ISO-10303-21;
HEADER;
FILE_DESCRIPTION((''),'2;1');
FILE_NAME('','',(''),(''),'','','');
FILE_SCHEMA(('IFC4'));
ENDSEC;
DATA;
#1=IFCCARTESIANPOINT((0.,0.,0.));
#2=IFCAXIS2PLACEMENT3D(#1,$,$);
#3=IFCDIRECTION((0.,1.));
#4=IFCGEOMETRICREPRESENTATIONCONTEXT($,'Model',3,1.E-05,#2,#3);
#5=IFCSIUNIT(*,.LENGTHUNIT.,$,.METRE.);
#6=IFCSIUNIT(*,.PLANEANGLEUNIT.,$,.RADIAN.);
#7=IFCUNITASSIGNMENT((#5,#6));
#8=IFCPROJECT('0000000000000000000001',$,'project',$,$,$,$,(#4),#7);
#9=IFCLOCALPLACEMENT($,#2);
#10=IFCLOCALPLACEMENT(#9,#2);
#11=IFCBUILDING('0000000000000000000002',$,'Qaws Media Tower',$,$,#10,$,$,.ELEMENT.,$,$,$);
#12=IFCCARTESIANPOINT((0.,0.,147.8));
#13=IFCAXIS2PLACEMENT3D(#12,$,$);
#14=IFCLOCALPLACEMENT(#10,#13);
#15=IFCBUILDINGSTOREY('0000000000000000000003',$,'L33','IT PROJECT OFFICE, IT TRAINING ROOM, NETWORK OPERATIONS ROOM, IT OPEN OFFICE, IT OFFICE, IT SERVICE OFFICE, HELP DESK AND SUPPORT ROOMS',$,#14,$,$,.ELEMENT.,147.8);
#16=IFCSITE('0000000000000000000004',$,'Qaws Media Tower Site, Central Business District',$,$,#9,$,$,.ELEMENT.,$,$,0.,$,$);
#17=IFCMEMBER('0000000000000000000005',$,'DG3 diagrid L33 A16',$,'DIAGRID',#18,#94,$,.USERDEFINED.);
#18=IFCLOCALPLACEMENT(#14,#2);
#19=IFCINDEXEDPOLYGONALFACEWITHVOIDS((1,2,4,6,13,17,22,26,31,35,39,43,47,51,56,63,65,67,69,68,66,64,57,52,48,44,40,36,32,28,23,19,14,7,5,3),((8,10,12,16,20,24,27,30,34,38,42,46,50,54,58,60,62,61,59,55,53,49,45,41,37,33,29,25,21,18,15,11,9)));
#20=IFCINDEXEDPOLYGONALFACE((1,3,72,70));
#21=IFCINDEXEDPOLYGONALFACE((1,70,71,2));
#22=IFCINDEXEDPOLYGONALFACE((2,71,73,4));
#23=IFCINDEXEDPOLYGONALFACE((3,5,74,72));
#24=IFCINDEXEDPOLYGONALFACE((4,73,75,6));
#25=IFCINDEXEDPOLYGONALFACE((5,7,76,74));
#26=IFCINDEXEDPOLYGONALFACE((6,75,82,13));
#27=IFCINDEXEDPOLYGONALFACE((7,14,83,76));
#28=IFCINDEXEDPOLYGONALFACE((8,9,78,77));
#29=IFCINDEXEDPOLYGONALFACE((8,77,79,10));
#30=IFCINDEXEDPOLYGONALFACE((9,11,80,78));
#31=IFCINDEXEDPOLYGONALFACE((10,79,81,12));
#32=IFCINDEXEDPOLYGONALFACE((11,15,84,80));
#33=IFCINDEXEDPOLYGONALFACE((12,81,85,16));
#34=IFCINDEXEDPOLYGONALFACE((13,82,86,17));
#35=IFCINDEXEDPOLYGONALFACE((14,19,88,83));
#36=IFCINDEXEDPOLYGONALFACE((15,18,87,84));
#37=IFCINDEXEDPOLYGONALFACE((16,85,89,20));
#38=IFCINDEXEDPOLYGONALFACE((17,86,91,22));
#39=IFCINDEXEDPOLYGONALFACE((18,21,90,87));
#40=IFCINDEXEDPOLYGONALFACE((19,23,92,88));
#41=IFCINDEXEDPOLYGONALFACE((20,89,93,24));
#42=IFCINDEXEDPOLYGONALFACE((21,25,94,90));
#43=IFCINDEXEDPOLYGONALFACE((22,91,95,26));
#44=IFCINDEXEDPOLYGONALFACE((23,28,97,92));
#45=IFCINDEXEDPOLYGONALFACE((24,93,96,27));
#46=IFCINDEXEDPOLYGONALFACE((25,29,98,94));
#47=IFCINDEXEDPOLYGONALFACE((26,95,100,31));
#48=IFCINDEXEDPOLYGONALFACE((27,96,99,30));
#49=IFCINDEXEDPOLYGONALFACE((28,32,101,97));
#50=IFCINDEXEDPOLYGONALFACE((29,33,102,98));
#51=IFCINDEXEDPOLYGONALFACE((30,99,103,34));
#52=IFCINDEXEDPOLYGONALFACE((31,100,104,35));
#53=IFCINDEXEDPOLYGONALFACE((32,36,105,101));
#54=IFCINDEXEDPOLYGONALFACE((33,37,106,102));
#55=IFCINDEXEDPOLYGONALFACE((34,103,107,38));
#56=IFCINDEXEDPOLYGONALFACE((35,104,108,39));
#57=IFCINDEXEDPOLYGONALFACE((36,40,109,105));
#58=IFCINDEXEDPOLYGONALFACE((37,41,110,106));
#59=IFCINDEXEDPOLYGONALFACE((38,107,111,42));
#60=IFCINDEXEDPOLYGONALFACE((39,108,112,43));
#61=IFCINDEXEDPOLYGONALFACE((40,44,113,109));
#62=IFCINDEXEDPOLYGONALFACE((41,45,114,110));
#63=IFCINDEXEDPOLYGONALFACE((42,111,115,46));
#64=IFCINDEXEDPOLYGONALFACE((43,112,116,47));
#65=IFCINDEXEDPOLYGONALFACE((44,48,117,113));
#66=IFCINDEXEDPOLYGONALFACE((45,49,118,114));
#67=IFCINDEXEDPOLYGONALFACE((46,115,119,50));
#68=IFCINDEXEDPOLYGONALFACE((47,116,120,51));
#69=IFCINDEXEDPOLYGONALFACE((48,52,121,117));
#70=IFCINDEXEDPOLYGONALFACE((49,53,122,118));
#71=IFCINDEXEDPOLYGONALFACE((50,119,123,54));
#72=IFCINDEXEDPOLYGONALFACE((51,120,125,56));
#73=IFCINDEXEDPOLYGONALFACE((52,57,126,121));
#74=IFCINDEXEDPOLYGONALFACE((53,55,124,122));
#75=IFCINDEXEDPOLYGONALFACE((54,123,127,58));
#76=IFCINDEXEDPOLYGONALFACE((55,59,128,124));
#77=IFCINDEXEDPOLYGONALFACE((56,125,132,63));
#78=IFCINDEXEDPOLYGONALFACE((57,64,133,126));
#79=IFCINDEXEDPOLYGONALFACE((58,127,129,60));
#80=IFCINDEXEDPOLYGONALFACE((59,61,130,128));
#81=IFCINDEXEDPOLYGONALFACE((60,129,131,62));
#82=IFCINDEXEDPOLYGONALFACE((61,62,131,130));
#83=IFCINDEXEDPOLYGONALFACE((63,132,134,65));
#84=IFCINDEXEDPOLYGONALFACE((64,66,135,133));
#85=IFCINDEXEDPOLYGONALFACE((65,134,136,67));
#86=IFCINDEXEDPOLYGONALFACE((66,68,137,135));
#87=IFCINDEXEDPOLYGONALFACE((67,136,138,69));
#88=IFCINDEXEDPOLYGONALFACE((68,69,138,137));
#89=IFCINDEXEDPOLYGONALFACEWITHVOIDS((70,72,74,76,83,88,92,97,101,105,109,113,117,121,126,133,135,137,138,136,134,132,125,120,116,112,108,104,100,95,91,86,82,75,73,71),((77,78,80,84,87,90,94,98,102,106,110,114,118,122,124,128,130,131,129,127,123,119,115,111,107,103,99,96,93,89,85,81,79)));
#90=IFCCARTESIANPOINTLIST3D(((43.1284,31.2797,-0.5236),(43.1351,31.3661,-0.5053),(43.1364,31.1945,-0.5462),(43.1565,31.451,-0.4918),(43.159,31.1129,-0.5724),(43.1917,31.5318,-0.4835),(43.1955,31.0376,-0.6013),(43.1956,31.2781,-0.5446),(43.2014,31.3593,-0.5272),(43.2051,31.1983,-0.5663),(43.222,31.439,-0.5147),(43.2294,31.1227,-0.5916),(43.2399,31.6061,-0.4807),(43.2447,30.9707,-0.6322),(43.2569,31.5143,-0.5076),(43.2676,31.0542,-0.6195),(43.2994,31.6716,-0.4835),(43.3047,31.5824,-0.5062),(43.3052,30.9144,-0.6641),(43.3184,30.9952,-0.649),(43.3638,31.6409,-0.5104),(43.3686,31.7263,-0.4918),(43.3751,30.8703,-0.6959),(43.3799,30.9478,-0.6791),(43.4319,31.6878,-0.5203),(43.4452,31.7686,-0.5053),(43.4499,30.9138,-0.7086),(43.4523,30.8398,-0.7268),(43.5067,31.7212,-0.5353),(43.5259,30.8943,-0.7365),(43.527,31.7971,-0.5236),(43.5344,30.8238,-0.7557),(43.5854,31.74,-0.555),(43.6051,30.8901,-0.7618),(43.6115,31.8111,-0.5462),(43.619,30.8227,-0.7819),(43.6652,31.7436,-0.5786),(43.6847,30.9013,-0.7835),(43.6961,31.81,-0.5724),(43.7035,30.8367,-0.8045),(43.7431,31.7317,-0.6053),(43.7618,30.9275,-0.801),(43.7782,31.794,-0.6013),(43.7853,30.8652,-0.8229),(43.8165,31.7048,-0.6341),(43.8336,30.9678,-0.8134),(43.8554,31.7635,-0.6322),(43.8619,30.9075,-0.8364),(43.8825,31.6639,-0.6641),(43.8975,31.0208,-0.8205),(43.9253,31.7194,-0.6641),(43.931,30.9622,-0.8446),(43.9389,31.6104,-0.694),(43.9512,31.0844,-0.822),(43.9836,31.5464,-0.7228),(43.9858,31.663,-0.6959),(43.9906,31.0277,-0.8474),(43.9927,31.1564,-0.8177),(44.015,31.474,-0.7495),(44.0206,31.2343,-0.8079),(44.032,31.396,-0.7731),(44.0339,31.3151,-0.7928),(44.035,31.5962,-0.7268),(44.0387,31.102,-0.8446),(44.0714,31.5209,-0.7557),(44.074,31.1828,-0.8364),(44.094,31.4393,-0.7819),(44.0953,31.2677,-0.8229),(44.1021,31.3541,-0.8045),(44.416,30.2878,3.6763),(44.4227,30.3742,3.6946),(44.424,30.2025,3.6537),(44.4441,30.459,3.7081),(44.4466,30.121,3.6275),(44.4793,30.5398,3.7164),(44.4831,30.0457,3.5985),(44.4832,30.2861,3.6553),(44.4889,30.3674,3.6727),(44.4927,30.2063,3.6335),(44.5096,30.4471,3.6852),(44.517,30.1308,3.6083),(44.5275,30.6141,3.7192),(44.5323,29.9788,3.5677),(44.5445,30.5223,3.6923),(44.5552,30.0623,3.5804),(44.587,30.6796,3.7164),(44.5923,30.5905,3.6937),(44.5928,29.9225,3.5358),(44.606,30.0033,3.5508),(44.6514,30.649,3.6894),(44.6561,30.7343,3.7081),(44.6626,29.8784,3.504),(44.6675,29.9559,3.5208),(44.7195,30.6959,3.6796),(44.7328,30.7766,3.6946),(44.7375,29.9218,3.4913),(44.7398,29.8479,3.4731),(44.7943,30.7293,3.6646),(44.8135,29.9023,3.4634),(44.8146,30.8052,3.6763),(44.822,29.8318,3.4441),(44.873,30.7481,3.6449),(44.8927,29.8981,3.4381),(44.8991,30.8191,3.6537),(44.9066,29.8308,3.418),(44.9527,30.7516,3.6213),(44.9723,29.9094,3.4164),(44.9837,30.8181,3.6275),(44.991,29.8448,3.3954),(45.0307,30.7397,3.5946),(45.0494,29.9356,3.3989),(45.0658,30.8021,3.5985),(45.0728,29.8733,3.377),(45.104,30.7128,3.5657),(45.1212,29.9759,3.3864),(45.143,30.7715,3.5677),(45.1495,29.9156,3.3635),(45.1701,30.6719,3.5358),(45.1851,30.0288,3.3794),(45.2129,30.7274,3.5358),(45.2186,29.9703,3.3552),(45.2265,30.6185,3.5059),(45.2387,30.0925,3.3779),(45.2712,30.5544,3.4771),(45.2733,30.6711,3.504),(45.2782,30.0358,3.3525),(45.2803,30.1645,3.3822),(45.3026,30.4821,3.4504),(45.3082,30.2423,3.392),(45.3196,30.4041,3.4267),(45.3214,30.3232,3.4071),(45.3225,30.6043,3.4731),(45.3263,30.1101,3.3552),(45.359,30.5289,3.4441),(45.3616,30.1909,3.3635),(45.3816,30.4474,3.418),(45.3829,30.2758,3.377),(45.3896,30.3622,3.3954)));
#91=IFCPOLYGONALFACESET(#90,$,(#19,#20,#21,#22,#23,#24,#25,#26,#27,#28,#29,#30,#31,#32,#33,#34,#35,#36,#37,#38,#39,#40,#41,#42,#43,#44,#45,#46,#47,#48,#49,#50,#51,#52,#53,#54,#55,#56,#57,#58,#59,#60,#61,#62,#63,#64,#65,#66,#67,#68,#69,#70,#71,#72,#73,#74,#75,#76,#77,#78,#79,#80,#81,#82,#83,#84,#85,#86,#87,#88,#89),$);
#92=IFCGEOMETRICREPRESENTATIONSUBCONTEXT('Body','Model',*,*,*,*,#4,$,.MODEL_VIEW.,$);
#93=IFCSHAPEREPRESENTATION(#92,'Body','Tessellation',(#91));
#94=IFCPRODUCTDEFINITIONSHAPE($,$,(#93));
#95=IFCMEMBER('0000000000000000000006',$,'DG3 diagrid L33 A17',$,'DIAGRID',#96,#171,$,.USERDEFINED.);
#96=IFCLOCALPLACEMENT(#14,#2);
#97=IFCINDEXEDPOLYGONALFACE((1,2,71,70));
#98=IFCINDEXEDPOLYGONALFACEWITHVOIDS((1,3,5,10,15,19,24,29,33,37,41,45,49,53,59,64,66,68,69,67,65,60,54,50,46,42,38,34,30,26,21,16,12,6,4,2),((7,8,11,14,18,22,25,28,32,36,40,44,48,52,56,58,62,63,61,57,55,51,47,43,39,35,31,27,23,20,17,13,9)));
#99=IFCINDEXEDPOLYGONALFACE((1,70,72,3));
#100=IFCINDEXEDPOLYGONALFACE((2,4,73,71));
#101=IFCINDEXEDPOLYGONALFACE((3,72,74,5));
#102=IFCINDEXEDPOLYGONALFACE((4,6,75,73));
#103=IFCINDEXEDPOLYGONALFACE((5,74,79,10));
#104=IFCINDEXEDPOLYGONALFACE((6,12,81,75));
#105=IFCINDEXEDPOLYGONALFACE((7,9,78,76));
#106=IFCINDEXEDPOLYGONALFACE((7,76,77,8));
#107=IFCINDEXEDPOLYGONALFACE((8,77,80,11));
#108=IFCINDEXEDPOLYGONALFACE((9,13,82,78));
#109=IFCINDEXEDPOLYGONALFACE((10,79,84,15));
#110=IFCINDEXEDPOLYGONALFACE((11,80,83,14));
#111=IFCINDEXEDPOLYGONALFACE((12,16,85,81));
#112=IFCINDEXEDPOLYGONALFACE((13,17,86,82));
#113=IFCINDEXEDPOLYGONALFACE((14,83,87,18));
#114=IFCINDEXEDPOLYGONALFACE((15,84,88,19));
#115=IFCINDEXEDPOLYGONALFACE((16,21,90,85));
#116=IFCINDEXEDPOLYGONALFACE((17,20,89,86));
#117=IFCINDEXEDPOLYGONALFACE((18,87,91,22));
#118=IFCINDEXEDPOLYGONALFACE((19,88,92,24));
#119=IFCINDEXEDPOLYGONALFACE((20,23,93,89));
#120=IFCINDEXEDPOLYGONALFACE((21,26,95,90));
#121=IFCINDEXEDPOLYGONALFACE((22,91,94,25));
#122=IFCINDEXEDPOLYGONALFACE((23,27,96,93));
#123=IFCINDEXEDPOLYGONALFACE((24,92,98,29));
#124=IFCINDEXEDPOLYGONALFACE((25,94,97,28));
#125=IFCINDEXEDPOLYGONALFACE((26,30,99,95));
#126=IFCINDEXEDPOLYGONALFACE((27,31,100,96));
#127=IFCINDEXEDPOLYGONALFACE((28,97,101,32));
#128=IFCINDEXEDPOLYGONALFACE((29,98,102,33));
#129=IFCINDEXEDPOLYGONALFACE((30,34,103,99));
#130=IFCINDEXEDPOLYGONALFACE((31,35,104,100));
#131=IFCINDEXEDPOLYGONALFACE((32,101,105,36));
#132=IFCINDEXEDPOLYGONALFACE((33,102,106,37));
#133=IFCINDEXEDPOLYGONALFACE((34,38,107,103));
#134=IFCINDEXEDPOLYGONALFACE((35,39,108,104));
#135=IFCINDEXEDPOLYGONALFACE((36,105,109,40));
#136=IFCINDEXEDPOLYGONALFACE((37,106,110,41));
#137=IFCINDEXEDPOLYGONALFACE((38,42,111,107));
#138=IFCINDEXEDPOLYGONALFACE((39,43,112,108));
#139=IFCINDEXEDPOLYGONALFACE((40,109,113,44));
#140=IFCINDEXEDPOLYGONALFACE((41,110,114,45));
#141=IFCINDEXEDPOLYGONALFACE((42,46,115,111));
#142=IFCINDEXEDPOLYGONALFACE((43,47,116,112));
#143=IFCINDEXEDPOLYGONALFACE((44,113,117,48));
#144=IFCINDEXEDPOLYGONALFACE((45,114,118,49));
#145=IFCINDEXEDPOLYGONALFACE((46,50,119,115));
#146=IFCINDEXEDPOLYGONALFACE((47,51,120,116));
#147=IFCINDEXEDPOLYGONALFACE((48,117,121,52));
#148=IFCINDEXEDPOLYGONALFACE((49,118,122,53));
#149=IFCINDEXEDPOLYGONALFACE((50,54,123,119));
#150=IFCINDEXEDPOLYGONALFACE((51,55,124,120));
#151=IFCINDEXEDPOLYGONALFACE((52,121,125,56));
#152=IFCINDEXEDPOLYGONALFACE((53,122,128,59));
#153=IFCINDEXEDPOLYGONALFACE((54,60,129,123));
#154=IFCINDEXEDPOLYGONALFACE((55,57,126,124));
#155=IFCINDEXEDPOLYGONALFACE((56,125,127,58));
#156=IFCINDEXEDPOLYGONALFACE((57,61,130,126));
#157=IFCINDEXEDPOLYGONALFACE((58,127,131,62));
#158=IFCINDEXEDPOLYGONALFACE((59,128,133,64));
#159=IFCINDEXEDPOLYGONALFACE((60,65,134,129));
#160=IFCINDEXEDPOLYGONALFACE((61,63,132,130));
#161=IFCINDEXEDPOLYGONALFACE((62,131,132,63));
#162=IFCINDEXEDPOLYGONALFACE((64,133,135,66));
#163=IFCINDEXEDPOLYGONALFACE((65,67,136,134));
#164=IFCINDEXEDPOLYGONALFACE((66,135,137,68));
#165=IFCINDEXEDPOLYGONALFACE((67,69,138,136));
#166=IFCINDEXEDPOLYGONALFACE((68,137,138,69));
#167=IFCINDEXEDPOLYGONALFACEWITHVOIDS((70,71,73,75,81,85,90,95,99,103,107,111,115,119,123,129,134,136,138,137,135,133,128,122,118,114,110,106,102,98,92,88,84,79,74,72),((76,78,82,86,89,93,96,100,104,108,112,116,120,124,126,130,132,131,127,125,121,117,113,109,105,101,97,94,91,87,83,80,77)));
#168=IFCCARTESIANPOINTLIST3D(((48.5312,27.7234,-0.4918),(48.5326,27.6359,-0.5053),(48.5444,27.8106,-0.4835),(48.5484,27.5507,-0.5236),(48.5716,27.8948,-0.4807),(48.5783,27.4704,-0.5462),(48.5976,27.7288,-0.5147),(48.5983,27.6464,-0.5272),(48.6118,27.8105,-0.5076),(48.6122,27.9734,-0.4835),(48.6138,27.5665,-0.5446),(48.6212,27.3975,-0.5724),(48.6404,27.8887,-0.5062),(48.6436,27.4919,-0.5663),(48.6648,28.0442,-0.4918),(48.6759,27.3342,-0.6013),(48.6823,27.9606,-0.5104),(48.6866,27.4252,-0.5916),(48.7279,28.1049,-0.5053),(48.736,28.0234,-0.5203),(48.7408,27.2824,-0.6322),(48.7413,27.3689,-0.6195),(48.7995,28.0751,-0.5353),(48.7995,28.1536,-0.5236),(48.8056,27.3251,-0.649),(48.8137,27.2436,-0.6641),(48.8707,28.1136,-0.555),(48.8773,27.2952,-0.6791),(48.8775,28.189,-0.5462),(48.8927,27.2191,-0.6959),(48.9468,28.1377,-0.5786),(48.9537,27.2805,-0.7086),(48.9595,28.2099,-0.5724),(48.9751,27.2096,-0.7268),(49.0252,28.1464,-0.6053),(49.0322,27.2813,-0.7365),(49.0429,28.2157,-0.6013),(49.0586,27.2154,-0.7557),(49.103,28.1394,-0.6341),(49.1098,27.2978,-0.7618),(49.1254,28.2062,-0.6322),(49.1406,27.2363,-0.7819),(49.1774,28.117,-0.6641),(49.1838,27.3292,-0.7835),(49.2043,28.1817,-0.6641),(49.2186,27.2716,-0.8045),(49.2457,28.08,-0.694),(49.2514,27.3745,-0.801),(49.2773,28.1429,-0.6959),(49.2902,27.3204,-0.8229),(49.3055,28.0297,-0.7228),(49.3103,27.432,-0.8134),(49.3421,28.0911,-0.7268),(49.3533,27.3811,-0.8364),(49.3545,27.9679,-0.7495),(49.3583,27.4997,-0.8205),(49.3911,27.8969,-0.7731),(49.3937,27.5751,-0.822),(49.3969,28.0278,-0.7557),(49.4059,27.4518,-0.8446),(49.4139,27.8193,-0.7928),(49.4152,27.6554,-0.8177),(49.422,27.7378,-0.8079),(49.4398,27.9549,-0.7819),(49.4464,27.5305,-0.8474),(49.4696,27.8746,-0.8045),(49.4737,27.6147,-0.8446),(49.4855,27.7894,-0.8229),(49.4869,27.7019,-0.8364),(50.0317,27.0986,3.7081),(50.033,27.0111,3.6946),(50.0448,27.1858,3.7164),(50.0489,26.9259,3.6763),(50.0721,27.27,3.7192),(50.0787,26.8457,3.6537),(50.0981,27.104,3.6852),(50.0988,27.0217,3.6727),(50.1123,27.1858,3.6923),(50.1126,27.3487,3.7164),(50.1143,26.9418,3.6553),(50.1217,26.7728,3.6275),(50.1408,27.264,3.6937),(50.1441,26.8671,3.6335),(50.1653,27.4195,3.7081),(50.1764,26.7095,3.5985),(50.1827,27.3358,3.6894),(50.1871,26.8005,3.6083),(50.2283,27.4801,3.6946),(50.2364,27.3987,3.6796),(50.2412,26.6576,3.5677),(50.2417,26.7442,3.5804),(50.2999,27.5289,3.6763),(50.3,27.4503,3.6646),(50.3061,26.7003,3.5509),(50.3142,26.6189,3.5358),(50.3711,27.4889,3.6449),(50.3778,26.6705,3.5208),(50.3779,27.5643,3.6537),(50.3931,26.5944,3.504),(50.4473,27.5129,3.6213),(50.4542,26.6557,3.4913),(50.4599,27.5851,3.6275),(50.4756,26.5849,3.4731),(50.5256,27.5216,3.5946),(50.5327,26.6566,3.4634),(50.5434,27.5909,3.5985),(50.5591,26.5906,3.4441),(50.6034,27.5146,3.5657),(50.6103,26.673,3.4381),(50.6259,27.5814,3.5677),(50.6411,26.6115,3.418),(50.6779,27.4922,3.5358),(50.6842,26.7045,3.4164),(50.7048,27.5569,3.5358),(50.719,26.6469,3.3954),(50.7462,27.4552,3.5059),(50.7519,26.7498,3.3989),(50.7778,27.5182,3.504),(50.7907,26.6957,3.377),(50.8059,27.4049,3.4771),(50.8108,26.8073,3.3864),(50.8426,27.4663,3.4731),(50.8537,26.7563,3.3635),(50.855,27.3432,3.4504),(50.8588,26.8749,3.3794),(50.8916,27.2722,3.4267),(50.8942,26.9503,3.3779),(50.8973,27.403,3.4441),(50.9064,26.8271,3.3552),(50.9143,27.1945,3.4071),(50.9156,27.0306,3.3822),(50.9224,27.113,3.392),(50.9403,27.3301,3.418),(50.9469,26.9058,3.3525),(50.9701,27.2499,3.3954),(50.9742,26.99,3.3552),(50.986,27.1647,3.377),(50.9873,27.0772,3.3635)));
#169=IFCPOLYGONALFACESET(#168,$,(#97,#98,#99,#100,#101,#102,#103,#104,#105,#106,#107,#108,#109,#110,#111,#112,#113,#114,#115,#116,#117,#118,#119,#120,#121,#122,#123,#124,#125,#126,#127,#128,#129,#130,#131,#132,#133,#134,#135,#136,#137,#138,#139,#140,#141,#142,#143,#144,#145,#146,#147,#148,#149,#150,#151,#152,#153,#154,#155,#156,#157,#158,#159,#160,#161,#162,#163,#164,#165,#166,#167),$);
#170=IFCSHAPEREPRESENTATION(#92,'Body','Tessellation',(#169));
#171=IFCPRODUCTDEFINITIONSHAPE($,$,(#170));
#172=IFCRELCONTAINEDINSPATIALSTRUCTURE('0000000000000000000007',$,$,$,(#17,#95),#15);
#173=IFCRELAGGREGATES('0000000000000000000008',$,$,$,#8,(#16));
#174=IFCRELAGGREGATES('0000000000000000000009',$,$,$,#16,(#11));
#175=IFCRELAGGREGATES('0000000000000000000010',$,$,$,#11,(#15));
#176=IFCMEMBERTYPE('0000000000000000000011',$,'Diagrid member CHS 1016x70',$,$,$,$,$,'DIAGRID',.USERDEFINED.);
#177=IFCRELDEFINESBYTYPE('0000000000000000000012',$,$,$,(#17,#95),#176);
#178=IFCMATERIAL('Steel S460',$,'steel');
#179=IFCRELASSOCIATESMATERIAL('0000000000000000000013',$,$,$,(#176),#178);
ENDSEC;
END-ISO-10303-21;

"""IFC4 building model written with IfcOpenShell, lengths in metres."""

from ifc_helpers import new_model, si_unit, direction, frame, origin, origin_2d, place, context, subcontext, project, spatial, hollow_circle, extrude, material, material_profile, profile_set, type_object, element, save


model = new_model("IFC4")

# Units and contexts
model_context = context("Model", 3, precision=1e-05, world=origin(), true_north=direction((0.0, 1.0)))
body_context = subcontext(model_context, "Body", "Model", "MODEL_VIEW")
ifc_project = project(units=[si_unit("LENGTHUNIT", "METRE"), si_unit("PLANEANGLEUNIT", "RADIAN")], contexts=[model_context])

# Site, building, storey
site_placement = place(None, origin())
site = spatial("IfcSite", under=ifc_project, at=site_placement, Name="Qaws Media Tower Site, Central Business District", CompositionType="ELEMENT", RefElevation=0.0)
building_placement = place(site_placement, origin())
building = spatial("IfcBuilding", under=site, at=building_placement, Name="Qaws Media Tower", CompositionType="ELEMENT")
storey_placement = place(building_placement, frame((0.0, 0.0, 147.8)))
storey = spatial("IfcBuildingStorey", under=building, at=storey_placement, Name="L33", Description="IT PROJECT OFFICE, IT TRAINING ROOM, NETWORK OPERATIONS ROOM, IT OPEN OFFICE, IT OFFICE, IT SERVICE OFFICE, HELP DESK AND SUPPORT ROOMS", CompositionType="ELEMENT", Elevation=147.8)

# Members
ifc_material_1 = material(Name="Steel S460", Category="steel")
ifc_material_profile_1 = material_profile(ifc_material_1, hollow_circle(Radius=0.5081, WallThickness=0.0701, at=origin_2d()), Name="CHS 1016x70")
ifc_profile_set_1 = profile_set([ifc_material_profile_1], Name="Steel S460")
member_type_1 = type_object("IfcMemberType", Name="Diagrid member CHS 1016x70", ElementType="DIAGRID", PredefinedType="USERDEFINED", material=ifc_profile_set_1)
for number, where, z_axis, x_axis, name in (
    (1, (43.6152, 31.3169, -0.6641), (0.285911, -0.220261, 0.932599), (0.610284, 0.792183, 0.0), "DG3 diagrid L33 A16"),
    (2, (49.009, 27.7126, -0.6641), (0.333184, -0.138727, 0.9326), (0.384381, 0.923175, 0.0), "DG3 diagrid L33 A17"),
):
    element("IfcMember", number, at=place(storey_placement, frame(where, z_axis=z_axis, x_axis=x_axis)), inside=storey, type_object=member_type_1, Name=name, ObjectType="DIAGRID", PredefinedType="USERDEFINED", context=body_context, shape_type="SweptSolid", body=[
        extrude(hollow_circle(Radius=0.5081, WallThickness=0.0701, at=origin_2d()), origin(), (0.0, 0.0, 1.0), 4.5034),
    ])

save(model, "model.ifc")
